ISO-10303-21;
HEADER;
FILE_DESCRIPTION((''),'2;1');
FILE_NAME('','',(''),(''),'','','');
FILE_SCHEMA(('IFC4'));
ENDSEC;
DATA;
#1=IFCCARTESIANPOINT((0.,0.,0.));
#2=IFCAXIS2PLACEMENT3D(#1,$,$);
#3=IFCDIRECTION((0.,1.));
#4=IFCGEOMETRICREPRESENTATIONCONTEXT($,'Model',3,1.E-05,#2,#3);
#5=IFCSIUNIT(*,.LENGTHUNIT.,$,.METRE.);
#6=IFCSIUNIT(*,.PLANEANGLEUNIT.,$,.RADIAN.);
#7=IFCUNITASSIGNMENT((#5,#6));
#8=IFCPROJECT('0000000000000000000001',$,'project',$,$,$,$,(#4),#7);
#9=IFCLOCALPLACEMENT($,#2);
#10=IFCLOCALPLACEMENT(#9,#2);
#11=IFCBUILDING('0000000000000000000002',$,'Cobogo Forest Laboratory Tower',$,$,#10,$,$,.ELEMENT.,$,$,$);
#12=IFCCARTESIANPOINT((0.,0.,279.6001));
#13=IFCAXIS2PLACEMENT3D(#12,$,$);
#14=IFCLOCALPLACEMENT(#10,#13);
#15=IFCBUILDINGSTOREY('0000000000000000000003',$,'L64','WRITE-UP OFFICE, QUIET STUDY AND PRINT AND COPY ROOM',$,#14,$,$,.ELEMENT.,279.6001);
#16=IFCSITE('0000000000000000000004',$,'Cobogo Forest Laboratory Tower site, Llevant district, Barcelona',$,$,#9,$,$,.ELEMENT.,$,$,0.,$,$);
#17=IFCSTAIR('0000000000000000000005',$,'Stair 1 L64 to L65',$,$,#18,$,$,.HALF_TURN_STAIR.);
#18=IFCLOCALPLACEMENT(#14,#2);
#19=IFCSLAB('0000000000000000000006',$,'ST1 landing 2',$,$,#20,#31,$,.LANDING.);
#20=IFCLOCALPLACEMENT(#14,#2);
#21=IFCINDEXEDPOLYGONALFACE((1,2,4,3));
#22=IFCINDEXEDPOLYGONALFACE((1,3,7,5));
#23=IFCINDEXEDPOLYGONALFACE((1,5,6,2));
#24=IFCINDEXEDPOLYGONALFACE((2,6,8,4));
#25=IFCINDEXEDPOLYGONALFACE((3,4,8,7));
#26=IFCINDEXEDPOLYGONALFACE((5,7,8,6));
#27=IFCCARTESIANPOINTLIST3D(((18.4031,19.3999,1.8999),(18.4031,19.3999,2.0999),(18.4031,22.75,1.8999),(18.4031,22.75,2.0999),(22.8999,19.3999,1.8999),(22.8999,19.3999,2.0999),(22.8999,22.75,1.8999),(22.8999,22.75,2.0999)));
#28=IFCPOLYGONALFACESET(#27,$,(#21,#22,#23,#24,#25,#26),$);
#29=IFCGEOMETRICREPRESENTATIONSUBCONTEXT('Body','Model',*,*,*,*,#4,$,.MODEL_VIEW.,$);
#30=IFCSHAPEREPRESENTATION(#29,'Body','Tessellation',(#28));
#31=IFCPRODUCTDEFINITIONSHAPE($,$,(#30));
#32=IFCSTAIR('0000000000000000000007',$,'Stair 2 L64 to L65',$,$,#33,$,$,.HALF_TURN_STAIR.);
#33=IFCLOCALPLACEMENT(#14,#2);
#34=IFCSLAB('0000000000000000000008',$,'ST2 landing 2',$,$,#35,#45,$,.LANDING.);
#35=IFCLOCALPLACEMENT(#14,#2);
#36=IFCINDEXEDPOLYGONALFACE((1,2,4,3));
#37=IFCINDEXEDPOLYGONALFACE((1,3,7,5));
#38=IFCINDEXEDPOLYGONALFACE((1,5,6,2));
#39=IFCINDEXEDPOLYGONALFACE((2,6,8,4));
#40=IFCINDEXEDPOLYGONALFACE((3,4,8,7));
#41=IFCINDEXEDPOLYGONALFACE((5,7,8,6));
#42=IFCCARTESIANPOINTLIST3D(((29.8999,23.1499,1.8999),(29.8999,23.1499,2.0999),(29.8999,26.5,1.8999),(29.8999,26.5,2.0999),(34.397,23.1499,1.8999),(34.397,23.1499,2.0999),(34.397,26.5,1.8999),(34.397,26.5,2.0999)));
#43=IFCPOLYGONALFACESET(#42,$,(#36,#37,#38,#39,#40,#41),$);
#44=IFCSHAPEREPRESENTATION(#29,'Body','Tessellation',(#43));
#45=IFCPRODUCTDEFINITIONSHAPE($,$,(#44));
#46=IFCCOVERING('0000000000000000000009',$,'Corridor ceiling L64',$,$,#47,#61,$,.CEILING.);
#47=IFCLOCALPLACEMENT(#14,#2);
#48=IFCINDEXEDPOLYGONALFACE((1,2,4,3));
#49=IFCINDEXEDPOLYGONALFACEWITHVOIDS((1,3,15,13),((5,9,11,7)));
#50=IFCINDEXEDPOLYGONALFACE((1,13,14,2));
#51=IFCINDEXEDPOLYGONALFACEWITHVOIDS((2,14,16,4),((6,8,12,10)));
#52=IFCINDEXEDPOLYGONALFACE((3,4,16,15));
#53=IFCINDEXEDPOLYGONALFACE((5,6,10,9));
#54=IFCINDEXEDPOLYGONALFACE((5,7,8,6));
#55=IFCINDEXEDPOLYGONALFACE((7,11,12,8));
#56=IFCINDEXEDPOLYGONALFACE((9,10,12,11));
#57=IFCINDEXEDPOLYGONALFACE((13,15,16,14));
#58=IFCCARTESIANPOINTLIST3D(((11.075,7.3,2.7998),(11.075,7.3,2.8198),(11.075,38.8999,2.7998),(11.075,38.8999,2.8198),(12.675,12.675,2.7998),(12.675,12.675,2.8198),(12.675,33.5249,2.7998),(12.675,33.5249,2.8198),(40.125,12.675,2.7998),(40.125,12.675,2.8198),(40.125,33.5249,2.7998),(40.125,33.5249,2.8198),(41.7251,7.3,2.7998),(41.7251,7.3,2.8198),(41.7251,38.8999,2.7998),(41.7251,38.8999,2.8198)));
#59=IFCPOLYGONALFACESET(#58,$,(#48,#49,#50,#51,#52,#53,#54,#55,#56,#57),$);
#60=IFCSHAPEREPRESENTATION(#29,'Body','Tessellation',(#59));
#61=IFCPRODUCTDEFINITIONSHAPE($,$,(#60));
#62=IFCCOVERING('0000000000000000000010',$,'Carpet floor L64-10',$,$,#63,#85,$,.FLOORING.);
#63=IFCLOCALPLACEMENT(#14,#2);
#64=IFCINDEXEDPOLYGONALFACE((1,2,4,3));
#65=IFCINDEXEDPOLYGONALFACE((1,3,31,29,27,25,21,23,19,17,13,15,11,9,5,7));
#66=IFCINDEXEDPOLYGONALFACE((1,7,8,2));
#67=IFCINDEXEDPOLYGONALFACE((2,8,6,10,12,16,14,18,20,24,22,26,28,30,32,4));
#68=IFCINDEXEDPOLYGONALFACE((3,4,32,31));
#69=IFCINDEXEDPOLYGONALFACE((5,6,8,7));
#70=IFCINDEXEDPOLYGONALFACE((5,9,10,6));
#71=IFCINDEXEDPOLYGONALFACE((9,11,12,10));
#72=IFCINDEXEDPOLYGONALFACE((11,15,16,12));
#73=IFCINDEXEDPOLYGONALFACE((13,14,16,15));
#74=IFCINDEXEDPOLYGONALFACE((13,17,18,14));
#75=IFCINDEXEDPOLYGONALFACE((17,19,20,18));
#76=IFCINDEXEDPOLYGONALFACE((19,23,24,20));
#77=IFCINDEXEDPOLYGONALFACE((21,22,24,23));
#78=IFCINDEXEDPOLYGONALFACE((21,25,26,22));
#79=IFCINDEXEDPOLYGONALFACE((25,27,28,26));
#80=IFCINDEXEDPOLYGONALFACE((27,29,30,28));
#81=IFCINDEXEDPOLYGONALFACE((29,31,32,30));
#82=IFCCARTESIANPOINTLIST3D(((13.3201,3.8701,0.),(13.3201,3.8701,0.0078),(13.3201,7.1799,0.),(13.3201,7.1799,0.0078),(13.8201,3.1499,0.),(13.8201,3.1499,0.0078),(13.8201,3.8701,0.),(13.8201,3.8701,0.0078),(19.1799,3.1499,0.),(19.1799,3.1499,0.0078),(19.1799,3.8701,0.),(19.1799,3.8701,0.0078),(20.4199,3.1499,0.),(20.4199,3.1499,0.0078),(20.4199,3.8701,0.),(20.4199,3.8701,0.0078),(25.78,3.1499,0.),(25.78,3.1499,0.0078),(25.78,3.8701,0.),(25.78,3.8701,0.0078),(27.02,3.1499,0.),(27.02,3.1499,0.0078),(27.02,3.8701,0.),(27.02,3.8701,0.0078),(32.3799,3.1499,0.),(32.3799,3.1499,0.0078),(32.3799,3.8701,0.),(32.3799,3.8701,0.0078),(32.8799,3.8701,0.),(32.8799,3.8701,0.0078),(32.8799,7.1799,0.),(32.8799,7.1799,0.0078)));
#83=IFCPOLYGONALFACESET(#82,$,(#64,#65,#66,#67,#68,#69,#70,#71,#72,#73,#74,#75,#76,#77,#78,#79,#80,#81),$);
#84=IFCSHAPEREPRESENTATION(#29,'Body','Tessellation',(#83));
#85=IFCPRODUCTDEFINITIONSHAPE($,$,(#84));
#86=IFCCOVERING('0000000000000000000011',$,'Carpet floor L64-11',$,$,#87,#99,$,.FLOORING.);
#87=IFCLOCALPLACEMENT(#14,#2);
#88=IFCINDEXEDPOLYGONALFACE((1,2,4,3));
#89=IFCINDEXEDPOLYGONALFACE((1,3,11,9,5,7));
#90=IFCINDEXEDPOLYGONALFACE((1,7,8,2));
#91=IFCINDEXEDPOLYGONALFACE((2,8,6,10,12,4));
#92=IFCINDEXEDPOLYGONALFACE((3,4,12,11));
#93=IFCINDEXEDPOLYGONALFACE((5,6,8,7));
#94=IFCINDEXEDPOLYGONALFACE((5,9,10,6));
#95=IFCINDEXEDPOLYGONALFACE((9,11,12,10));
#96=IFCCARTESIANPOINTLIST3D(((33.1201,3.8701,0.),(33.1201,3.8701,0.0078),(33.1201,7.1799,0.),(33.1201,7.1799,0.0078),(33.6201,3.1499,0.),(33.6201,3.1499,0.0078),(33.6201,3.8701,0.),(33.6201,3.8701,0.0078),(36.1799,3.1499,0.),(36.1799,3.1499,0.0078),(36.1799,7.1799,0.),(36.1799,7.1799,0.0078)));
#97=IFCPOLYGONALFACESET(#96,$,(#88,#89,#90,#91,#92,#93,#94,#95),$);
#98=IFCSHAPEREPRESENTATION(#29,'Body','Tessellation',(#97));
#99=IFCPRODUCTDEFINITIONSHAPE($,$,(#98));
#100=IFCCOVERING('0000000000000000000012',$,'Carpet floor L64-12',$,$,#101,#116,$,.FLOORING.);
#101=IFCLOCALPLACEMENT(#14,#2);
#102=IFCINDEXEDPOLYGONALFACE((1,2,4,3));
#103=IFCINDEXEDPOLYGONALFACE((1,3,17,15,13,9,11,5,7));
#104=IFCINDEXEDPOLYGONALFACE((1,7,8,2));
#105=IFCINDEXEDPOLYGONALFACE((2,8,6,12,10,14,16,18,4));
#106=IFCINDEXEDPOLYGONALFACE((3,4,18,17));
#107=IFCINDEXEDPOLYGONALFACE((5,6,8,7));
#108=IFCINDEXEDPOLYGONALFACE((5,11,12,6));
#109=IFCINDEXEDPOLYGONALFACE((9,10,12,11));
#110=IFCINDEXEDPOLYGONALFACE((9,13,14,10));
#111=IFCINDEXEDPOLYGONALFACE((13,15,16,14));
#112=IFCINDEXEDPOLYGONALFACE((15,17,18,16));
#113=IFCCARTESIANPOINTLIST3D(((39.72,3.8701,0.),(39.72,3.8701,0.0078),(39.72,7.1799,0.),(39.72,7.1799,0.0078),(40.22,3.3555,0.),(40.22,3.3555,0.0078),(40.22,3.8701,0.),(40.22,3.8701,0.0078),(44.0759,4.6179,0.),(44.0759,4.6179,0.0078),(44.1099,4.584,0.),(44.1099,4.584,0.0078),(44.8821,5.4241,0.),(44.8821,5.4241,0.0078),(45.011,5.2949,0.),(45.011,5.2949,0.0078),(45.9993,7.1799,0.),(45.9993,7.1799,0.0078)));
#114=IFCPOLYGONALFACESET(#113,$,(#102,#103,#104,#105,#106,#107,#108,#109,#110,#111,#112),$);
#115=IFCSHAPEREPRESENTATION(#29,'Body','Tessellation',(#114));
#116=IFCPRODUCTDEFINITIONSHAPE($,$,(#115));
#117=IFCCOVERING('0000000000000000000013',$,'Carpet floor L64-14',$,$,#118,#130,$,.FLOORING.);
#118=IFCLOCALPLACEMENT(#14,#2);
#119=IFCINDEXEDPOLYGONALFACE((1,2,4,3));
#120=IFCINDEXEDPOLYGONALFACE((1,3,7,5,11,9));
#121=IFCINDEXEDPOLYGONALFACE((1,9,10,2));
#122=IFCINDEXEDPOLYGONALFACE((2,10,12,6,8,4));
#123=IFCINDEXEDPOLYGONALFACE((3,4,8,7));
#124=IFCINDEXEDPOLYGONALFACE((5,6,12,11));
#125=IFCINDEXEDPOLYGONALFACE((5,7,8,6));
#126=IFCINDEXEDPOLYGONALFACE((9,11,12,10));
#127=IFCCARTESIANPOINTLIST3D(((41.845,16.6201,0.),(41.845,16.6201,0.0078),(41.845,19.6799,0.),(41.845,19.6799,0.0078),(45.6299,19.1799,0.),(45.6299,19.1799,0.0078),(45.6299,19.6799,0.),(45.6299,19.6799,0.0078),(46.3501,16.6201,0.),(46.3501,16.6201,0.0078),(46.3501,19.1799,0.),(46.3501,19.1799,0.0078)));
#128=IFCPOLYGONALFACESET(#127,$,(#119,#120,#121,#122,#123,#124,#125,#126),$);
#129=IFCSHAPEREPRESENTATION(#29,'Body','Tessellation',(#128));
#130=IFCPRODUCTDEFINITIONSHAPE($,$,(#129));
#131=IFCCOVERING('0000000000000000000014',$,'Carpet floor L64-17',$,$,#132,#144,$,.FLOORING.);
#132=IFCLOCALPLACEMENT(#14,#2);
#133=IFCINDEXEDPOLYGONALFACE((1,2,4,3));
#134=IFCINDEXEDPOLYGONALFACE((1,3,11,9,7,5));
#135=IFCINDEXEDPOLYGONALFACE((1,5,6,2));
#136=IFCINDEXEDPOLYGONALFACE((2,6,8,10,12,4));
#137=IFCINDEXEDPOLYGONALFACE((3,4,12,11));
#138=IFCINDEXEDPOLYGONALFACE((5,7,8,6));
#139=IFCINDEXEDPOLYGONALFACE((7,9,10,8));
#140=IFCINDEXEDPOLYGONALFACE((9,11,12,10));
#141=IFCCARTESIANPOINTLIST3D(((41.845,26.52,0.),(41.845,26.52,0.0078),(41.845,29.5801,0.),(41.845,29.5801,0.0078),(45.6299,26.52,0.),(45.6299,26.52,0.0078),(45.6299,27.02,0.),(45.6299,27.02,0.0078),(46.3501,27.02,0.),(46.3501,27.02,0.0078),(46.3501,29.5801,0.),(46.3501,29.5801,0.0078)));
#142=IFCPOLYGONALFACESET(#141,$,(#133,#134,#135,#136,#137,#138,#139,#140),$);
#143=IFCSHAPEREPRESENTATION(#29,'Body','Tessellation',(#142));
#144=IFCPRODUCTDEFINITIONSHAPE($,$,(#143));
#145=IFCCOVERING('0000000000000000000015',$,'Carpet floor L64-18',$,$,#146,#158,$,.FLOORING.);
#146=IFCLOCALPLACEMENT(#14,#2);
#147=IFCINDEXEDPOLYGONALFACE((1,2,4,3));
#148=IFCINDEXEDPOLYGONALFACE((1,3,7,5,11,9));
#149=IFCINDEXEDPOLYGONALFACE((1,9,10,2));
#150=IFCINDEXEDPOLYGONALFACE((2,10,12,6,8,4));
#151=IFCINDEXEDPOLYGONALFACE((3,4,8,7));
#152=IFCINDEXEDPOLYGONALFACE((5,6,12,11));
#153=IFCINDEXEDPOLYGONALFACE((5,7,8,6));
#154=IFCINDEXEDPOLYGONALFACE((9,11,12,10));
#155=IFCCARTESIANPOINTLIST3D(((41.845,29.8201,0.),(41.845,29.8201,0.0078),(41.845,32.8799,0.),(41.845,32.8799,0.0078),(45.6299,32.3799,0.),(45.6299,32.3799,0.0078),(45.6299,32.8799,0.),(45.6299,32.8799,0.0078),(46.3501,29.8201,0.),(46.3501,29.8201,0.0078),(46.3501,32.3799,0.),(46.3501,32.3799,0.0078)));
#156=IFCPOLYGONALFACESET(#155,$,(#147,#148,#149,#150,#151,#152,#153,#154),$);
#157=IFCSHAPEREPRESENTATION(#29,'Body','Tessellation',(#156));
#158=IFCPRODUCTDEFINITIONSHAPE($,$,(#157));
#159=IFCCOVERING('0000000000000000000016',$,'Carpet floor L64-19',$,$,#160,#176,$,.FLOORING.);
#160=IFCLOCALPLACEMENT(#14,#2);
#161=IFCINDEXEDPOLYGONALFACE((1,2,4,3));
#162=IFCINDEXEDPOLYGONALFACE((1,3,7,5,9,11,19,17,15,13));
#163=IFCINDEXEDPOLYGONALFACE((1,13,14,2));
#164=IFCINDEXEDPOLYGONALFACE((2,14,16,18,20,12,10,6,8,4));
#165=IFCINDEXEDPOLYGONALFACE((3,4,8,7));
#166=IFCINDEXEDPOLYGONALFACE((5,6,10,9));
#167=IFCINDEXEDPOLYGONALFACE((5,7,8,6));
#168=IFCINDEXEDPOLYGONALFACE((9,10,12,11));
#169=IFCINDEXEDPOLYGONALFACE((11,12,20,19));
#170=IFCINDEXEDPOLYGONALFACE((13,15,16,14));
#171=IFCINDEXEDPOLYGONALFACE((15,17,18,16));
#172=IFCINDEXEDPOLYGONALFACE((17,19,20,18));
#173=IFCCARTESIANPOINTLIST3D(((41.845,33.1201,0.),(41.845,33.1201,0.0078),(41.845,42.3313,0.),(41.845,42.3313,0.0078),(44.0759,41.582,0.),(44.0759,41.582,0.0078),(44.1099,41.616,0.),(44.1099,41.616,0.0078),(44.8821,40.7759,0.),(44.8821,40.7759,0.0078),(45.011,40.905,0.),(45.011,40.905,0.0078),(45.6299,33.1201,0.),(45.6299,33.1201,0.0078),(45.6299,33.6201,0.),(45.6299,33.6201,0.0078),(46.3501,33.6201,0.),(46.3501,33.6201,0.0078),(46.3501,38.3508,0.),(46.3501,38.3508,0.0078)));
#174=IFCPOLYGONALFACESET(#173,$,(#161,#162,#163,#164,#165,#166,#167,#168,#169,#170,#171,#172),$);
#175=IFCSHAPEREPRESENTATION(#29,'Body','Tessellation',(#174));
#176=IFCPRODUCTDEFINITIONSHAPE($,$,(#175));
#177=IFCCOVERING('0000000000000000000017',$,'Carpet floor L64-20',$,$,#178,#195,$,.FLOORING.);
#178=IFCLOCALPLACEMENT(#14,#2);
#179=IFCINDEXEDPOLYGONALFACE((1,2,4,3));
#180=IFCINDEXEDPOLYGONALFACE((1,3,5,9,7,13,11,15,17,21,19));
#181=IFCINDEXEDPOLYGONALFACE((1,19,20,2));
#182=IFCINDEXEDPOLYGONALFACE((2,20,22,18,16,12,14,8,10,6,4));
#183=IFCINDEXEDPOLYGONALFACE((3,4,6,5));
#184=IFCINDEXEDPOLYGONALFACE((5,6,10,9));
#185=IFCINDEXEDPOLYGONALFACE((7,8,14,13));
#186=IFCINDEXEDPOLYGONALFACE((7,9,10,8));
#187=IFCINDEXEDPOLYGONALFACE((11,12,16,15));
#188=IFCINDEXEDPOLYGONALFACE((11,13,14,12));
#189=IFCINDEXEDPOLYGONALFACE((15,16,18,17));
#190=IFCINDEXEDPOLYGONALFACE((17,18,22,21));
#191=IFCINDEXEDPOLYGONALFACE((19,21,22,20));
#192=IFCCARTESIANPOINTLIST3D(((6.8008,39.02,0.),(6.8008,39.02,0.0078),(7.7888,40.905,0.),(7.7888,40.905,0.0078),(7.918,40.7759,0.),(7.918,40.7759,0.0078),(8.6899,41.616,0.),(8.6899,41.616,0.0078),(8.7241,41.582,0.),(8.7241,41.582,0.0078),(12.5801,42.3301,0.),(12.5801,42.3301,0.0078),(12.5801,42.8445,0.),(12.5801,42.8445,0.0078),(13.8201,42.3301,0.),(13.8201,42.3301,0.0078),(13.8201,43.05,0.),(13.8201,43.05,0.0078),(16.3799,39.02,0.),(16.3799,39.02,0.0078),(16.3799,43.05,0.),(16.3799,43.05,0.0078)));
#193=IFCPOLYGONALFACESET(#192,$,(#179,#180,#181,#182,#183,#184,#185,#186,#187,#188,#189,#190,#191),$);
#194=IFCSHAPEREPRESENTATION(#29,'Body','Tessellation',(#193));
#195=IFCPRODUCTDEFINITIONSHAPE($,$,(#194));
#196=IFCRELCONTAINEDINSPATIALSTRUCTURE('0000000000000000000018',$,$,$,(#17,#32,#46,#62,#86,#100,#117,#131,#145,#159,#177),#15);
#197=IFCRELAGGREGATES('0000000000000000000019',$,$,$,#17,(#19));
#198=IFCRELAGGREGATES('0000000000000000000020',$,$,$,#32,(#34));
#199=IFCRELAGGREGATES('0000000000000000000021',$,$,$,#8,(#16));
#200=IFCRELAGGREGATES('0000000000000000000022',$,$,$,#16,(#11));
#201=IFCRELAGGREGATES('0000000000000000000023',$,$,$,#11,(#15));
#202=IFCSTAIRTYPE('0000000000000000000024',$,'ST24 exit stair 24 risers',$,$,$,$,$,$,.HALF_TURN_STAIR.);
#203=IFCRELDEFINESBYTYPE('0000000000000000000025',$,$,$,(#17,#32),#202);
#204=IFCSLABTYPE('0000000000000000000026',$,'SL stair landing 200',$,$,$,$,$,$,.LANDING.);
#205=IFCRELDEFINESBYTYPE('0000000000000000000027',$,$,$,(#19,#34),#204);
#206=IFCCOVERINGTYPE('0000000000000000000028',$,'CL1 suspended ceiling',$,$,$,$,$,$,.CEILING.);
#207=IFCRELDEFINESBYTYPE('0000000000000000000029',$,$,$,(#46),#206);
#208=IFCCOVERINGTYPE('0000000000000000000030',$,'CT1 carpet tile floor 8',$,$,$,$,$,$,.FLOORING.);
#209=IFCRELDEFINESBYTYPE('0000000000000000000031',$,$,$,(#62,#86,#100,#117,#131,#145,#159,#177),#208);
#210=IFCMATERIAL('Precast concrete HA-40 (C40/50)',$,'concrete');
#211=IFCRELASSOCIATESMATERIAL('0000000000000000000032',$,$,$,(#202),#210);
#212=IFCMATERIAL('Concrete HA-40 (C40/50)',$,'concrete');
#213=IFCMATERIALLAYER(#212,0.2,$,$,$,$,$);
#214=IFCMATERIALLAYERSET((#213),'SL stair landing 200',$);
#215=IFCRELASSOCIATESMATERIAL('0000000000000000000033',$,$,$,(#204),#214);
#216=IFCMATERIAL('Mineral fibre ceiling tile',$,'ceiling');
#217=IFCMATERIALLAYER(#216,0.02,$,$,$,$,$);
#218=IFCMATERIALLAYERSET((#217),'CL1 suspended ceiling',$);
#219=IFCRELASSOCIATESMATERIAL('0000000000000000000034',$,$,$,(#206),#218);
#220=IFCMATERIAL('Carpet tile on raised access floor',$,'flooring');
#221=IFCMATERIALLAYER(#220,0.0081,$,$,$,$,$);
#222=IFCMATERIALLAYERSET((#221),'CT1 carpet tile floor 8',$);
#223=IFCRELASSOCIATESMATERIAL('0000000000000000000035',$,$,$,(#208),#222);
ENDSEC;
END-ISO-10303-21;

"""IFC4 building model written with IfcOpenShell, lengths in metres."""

from ifc_helpers import new_model, si_unit, direction, frame, origin, place, context, subcontext, project, spatial, polyline, outline, extrude, material, layer, layer_set, type_object, element, aggregate, save


model = new_model("IFC4")

# Units and contexts
model_context = context("Model", 3, precision=1e-05, world=origin(), true_north=direction((0.0, 1.0)))
body_context = subcontext(model_context, "Body", "Model", "MODEL_VIEW")
ifc_project = project(units=[si_unit("LENGTHUNIT", "METRE"), si_unit("PLANEANGLEUNIT", "RADIAN")], contexts=[model_context])

# Site, building, storey
site_placement = place(None, origin())
site = spatial("IfcSite", under=ifc_project, at=site_placement, Name="Cobogo Forest Laboratory Tower site, Llevant district, Barcelona", CompositionType="ELEMENT", RefElevation=0.0)
building_placement = place(site_placement, origin())
building = spatial("IfcBuilding", under=site, at=building_placement, Name="Cobogo Forest Laboratory Tower", CompositionType="ELEMENT")
storey_placement = place(building_placement, frame((0.0, 0.0, 279.6001)))
storey = spatial("IfcBuildingStorey", under=building, at=storey_placement, Name="L64", Description="WRITE-UP OFFICE, QUIET STUDY AND PRINT AND COPY ROOM", CompositionType="ELEMENT", Elevation=279.6001)

# Stairs, slabs
ifc_material_1 = material(Name="Precast concrete HA-40 (C40/50)", Category="concrete")
stair_type = type_object("IfcStairType", Name="ST24 exit stair 24 risers", PredefinedType="HALF_TURN_STAIR", material=ifc_material_1)
stair_1_placement = place(storey_placement, origin())
stair_1 = element("IfcStair", 1, at=stair_1_placement, inside=storey, type_object=stair_type, Name="Stair 1 L64 to L65", PredefinedType="HALF_TURN_STAIR")
ifc_material_2 = material(Name="Concrete HA-40 (C40/50)", Category="concrete")
ifc_layer_1 = layer(ifc_material_2, 0.2)
ifc_layer_set_1 = layer_set([ifc_layer_1], Name="SL stair landing 200")
slab_type = type_object("IfcSlabType", Name="SL stair landing 200", PredefinedType="LANDING", material=ifc_layer_set_1)
slab_1_placement = place(storey_placement, frame((0.0, 0.0, 1.8999)))
slab_1 = element("IfcSlab", 2, at=slab_1_placement, type_object=slab_type, Name="ST1 landing 2", PredefinedType="LANDING", context=body_context, shape_type="SweptSolid", body=[
    extrude(outline(polyline([(18.4031, 19.3999), (22.8999, 19.3999), (22.8999, 22.75), (18.4031, 22.75), (18.4031, 19.3999)])), origin(), (0.0, 0.0, 1.0), 0.2),
])
aggregate(stair_1, [slab_1])
stair_2_placement = place(storey_placement, origin())
stair_2 = element("IfcStair", 3, at=stair_2_placement, inside=storey, type_object=stair_type, Name="Stair 2 L64 to L65", PredefinedType="HALF_TURN_STAIR")
slab_2_placement = place(storey_placement, frame((0.0, 0.0, 1.8999)))
slab_2 = element("IfcSlab", 4, at=slab_2_placement, type_object=slab_type, Name="ST2 landing 2", PredefinedType="LANDING", context=body_context, shape_type="SweptSolid", body=[
    extrude(outline(polyline([(29.8999, 23.1499), (34.397, 23.1499), (34.397, 26.5), (29.8999, 26.5), (29.8999, 23.1499)])), origin(), (0.0, 0.0, 1.0), 0.2),
])
aggregate(stair_2, [slab_2])

# Coverings
ifc_material_3 = material(Name="Mineral fibre ceiling tile", Category="ceiling")
ifc_layer_2 = layer(ifc_material_3, 0.02)
ifc_layer_set_2 = layer_set([ifc_layer_2], Name="CL1 suspended ceiling")
covering_type_1 = type_object("IfcCoveringType", Name="CL1 suspended ceiling", PredefinedType="CEILING", material=ifc_layer_set_2)
covering_1_placement = place(storey_placement, frame((0.0, 0.0, 2.7998)))
element("IfcCovering", 5, at=covering_1_placement, inside=storey, type_object=covering_type_1, Name="Corridor ceiling L64", PredefinedType="CEILING", context=body_context, shape_type="SweptSolid", body=[
    extrude(outline(polyline([(11.075, 7.3), (11.075, 38.8999), (41.7251, 38.8999), (41.7251, 7.3), (11.075, 7.3)]), holes=[polyline([(40.125, 33.5249), (12.675, 33.5249), (12.675, 12.675), (40.125, 12.675), (40.125, 33.5249)])]), origin(), (0.0, 0.0, 1.0), 0.02),
])
ifc_material_4 = material(Name="Carpet tile on raised access floor", Category="flooring")
ifc_layer_3 = layer(ifc_material_4, 0.0081)
ifc_layer_set_3 = layer_set([ifc_layer_3], Name="CT1 carpet tile floor 8")
covering_type_2 = type_object("IfcCoveringType", Name="CT1 carpet tile floor 8", PredefinedType="FLOORING", material=ifc_layer_set_3)
covering_2_placement = place(storey_placement, origin())
element("IfcCovering", 6, at=covering_2_placement, inside=storey, type_object=covering_type_2, Name="Carpet floor L64-10", PredefinedType="FLOORING", context=body_context, shape_type="SweptSolid", body=[
    extrude(outline(polyline([(32.8799, 7.1799), (32.8799, 3.8701), (32.3799, 3.8701), (32.3799, 3.1499), (27.02, 3.1499), (27.02, 3.8701), (25.78, 3.8701), (25.78, 3.1499), (20.4199, 3.1499), (20.4199, 3.8701), (19.1799, 3.8701), (19.1799, 3.1499), (13.8201, 3.1499), (13.8201, 3.8701), (13.3201, 3.8701), (13.3201, 7.1799), (32.8799, 7.1799)])), origin(), (0.0, 0.0, 1.0), 0.0078),
])
covering_3_placement = place(storey_placement, origin())
element("IfcCovering", 7, at=covering_3_placement, inside=storey, type_object=covering_type_2, Name="Carpet floor L64-11", PredefinedType="FLOORING", context=body_context, shape_type="SweptSolid", body=[
    extrude(outline(polyline([(36.1799, 7.1799), (36.1799, 3.1499), (33.6201, 3.1499), (33.6201, 3.8701), (33.1201, 3.8701), (33.1201, 7.1799), (36.1799, 7.1799)])), origin(), (0.0, 0.0, 1.0), 0.0078),
])
covering_4_placement = place(storey_placement, origin())
element("IfcCovering", 8, at=covering_4_placement, inside=storey, type_object=covering_type_2, Name="Carpet floor L64-12", PredefinedType="FLOORING", context=body_context, shape_type="SweptSolid", body=[
    extrude(outline(polyline([(44.1099, 4.584), (40.22, 3.3555), (40.22, 3.8701), (39.72, 3.8701), (39.72, 7.1799), (45.9993, 7.1799), (45.011, 5.2949), (44.8821, 5.4241), (44.0759, 4.6179), (44.1099, 4.584)])), origin(), (0.0, 0.0, 1.0), 0.0078),
])
covering_5_placement = place(storey_placement, origin())
element("IfcCovering", 9, at=covering_5_placement, inside=storey, type_object=covering_type_2, Name="Carpet floor L64-14", PredefinedType="FLOORING", context=body_context, shape_type="SweptSolid", body=[
    extrude(outline(polyline([(41.845, 19.6799), (45.6299, 19.6799), (45.6299, 19.1799), (46.3501, 19.1799), (46.3501, 16.6201), (41.845, 16.6201), (41.845, 19.6799)])), origin(), (0.0, 0.0, 1.0), 0.0078),
])
covering_6_placement = place(storey_placement, origin())
element("IfcCovering", 10, at=covering_6_placement, inside=storey, type_object=covering_type_2, Name="Carpet floor L64-17", PredefinedType="FLOORING", context=body_context, shape_type="SweptSolid", body=[
    extrude(outline(polyline([(41.845, 29.5801), (46.3501, 29.5801), (46.3501, 27.02), (45.6299, 27.02), (45.6299, 26.52), (41.845, 26.52), (41.845, 29.5801)])), origin(), (0.0, 0.0, 1.0), 0.0078),
])
covering_7_placement = place(storey_placement, origin())
element("IfcCovering", 11, at=covering_7_placement, inside=storey, type_object=covering_type_2, Name="Carpet floor L64-18", PredefinedType="FLOORING", context=body_context, shape_type="SweptSolid", body=[
    extrude(outline(polyline([(41.845, 32.8799), (45.6299, 32.8799), (45.6299, 32.3799), (46.3501, 32.3799), (46.3501, 29.8201), (41.845, 29.8201), (41.845, 32.8799)])), origin(), (0.0, 0.0, 1.0), 0.0078),
])
covering_8_placement = place(storey_placement, origin())
element("IfcCovering", 12, at=covering_8_placement, inside=storey, type_object=covering_type_2, Name="Carpet floor L64-19", PredefinedType="FLOORING", context=body_context, shape_type="SweptSolid", body=[
    extrude(outline(polyline([(41.845, 42.3313), (44.1099, 41.616), (44.0759, 41.582), (44.8821, 40.7759), (45.011, 40.905), (46.3501, 38.3508), (46.3501, 33.6201), (45.6299, 33.6201), (45.6299, 33.1201), (41.845, 33.1201), (41.845, 42.3313)])), origin(), (0.0, 0.0, 1.0), 0.0078),
])
covering_9_placement = place(storey_placement, origin())
element("IfcCovering", 13, at=covering_9_placement, inside=storey, type_object=covering_type_2, Name="Carpet floor L64-20", PredefinedType="FLOORING", context=body_context, shape_type="SweptSolid", body=[
    extrude(outline(polyline([(6.8008, 39.02), (7.7888, 40.905), (7.918, 40.7759), (8.7241, 41.582), (8.6899, 41.616), (12.5801, 42.8445), (12.5801, 42.3301), (13.8201, 42.3301), (13.8201, 43.05), (16.3799, 43.05), (16.3799, 39.02), (6.8008, 39.02)])), origin(), (0.0, 0.0, 1.0), 0.0078),
])

save(model, "model.ifc")
